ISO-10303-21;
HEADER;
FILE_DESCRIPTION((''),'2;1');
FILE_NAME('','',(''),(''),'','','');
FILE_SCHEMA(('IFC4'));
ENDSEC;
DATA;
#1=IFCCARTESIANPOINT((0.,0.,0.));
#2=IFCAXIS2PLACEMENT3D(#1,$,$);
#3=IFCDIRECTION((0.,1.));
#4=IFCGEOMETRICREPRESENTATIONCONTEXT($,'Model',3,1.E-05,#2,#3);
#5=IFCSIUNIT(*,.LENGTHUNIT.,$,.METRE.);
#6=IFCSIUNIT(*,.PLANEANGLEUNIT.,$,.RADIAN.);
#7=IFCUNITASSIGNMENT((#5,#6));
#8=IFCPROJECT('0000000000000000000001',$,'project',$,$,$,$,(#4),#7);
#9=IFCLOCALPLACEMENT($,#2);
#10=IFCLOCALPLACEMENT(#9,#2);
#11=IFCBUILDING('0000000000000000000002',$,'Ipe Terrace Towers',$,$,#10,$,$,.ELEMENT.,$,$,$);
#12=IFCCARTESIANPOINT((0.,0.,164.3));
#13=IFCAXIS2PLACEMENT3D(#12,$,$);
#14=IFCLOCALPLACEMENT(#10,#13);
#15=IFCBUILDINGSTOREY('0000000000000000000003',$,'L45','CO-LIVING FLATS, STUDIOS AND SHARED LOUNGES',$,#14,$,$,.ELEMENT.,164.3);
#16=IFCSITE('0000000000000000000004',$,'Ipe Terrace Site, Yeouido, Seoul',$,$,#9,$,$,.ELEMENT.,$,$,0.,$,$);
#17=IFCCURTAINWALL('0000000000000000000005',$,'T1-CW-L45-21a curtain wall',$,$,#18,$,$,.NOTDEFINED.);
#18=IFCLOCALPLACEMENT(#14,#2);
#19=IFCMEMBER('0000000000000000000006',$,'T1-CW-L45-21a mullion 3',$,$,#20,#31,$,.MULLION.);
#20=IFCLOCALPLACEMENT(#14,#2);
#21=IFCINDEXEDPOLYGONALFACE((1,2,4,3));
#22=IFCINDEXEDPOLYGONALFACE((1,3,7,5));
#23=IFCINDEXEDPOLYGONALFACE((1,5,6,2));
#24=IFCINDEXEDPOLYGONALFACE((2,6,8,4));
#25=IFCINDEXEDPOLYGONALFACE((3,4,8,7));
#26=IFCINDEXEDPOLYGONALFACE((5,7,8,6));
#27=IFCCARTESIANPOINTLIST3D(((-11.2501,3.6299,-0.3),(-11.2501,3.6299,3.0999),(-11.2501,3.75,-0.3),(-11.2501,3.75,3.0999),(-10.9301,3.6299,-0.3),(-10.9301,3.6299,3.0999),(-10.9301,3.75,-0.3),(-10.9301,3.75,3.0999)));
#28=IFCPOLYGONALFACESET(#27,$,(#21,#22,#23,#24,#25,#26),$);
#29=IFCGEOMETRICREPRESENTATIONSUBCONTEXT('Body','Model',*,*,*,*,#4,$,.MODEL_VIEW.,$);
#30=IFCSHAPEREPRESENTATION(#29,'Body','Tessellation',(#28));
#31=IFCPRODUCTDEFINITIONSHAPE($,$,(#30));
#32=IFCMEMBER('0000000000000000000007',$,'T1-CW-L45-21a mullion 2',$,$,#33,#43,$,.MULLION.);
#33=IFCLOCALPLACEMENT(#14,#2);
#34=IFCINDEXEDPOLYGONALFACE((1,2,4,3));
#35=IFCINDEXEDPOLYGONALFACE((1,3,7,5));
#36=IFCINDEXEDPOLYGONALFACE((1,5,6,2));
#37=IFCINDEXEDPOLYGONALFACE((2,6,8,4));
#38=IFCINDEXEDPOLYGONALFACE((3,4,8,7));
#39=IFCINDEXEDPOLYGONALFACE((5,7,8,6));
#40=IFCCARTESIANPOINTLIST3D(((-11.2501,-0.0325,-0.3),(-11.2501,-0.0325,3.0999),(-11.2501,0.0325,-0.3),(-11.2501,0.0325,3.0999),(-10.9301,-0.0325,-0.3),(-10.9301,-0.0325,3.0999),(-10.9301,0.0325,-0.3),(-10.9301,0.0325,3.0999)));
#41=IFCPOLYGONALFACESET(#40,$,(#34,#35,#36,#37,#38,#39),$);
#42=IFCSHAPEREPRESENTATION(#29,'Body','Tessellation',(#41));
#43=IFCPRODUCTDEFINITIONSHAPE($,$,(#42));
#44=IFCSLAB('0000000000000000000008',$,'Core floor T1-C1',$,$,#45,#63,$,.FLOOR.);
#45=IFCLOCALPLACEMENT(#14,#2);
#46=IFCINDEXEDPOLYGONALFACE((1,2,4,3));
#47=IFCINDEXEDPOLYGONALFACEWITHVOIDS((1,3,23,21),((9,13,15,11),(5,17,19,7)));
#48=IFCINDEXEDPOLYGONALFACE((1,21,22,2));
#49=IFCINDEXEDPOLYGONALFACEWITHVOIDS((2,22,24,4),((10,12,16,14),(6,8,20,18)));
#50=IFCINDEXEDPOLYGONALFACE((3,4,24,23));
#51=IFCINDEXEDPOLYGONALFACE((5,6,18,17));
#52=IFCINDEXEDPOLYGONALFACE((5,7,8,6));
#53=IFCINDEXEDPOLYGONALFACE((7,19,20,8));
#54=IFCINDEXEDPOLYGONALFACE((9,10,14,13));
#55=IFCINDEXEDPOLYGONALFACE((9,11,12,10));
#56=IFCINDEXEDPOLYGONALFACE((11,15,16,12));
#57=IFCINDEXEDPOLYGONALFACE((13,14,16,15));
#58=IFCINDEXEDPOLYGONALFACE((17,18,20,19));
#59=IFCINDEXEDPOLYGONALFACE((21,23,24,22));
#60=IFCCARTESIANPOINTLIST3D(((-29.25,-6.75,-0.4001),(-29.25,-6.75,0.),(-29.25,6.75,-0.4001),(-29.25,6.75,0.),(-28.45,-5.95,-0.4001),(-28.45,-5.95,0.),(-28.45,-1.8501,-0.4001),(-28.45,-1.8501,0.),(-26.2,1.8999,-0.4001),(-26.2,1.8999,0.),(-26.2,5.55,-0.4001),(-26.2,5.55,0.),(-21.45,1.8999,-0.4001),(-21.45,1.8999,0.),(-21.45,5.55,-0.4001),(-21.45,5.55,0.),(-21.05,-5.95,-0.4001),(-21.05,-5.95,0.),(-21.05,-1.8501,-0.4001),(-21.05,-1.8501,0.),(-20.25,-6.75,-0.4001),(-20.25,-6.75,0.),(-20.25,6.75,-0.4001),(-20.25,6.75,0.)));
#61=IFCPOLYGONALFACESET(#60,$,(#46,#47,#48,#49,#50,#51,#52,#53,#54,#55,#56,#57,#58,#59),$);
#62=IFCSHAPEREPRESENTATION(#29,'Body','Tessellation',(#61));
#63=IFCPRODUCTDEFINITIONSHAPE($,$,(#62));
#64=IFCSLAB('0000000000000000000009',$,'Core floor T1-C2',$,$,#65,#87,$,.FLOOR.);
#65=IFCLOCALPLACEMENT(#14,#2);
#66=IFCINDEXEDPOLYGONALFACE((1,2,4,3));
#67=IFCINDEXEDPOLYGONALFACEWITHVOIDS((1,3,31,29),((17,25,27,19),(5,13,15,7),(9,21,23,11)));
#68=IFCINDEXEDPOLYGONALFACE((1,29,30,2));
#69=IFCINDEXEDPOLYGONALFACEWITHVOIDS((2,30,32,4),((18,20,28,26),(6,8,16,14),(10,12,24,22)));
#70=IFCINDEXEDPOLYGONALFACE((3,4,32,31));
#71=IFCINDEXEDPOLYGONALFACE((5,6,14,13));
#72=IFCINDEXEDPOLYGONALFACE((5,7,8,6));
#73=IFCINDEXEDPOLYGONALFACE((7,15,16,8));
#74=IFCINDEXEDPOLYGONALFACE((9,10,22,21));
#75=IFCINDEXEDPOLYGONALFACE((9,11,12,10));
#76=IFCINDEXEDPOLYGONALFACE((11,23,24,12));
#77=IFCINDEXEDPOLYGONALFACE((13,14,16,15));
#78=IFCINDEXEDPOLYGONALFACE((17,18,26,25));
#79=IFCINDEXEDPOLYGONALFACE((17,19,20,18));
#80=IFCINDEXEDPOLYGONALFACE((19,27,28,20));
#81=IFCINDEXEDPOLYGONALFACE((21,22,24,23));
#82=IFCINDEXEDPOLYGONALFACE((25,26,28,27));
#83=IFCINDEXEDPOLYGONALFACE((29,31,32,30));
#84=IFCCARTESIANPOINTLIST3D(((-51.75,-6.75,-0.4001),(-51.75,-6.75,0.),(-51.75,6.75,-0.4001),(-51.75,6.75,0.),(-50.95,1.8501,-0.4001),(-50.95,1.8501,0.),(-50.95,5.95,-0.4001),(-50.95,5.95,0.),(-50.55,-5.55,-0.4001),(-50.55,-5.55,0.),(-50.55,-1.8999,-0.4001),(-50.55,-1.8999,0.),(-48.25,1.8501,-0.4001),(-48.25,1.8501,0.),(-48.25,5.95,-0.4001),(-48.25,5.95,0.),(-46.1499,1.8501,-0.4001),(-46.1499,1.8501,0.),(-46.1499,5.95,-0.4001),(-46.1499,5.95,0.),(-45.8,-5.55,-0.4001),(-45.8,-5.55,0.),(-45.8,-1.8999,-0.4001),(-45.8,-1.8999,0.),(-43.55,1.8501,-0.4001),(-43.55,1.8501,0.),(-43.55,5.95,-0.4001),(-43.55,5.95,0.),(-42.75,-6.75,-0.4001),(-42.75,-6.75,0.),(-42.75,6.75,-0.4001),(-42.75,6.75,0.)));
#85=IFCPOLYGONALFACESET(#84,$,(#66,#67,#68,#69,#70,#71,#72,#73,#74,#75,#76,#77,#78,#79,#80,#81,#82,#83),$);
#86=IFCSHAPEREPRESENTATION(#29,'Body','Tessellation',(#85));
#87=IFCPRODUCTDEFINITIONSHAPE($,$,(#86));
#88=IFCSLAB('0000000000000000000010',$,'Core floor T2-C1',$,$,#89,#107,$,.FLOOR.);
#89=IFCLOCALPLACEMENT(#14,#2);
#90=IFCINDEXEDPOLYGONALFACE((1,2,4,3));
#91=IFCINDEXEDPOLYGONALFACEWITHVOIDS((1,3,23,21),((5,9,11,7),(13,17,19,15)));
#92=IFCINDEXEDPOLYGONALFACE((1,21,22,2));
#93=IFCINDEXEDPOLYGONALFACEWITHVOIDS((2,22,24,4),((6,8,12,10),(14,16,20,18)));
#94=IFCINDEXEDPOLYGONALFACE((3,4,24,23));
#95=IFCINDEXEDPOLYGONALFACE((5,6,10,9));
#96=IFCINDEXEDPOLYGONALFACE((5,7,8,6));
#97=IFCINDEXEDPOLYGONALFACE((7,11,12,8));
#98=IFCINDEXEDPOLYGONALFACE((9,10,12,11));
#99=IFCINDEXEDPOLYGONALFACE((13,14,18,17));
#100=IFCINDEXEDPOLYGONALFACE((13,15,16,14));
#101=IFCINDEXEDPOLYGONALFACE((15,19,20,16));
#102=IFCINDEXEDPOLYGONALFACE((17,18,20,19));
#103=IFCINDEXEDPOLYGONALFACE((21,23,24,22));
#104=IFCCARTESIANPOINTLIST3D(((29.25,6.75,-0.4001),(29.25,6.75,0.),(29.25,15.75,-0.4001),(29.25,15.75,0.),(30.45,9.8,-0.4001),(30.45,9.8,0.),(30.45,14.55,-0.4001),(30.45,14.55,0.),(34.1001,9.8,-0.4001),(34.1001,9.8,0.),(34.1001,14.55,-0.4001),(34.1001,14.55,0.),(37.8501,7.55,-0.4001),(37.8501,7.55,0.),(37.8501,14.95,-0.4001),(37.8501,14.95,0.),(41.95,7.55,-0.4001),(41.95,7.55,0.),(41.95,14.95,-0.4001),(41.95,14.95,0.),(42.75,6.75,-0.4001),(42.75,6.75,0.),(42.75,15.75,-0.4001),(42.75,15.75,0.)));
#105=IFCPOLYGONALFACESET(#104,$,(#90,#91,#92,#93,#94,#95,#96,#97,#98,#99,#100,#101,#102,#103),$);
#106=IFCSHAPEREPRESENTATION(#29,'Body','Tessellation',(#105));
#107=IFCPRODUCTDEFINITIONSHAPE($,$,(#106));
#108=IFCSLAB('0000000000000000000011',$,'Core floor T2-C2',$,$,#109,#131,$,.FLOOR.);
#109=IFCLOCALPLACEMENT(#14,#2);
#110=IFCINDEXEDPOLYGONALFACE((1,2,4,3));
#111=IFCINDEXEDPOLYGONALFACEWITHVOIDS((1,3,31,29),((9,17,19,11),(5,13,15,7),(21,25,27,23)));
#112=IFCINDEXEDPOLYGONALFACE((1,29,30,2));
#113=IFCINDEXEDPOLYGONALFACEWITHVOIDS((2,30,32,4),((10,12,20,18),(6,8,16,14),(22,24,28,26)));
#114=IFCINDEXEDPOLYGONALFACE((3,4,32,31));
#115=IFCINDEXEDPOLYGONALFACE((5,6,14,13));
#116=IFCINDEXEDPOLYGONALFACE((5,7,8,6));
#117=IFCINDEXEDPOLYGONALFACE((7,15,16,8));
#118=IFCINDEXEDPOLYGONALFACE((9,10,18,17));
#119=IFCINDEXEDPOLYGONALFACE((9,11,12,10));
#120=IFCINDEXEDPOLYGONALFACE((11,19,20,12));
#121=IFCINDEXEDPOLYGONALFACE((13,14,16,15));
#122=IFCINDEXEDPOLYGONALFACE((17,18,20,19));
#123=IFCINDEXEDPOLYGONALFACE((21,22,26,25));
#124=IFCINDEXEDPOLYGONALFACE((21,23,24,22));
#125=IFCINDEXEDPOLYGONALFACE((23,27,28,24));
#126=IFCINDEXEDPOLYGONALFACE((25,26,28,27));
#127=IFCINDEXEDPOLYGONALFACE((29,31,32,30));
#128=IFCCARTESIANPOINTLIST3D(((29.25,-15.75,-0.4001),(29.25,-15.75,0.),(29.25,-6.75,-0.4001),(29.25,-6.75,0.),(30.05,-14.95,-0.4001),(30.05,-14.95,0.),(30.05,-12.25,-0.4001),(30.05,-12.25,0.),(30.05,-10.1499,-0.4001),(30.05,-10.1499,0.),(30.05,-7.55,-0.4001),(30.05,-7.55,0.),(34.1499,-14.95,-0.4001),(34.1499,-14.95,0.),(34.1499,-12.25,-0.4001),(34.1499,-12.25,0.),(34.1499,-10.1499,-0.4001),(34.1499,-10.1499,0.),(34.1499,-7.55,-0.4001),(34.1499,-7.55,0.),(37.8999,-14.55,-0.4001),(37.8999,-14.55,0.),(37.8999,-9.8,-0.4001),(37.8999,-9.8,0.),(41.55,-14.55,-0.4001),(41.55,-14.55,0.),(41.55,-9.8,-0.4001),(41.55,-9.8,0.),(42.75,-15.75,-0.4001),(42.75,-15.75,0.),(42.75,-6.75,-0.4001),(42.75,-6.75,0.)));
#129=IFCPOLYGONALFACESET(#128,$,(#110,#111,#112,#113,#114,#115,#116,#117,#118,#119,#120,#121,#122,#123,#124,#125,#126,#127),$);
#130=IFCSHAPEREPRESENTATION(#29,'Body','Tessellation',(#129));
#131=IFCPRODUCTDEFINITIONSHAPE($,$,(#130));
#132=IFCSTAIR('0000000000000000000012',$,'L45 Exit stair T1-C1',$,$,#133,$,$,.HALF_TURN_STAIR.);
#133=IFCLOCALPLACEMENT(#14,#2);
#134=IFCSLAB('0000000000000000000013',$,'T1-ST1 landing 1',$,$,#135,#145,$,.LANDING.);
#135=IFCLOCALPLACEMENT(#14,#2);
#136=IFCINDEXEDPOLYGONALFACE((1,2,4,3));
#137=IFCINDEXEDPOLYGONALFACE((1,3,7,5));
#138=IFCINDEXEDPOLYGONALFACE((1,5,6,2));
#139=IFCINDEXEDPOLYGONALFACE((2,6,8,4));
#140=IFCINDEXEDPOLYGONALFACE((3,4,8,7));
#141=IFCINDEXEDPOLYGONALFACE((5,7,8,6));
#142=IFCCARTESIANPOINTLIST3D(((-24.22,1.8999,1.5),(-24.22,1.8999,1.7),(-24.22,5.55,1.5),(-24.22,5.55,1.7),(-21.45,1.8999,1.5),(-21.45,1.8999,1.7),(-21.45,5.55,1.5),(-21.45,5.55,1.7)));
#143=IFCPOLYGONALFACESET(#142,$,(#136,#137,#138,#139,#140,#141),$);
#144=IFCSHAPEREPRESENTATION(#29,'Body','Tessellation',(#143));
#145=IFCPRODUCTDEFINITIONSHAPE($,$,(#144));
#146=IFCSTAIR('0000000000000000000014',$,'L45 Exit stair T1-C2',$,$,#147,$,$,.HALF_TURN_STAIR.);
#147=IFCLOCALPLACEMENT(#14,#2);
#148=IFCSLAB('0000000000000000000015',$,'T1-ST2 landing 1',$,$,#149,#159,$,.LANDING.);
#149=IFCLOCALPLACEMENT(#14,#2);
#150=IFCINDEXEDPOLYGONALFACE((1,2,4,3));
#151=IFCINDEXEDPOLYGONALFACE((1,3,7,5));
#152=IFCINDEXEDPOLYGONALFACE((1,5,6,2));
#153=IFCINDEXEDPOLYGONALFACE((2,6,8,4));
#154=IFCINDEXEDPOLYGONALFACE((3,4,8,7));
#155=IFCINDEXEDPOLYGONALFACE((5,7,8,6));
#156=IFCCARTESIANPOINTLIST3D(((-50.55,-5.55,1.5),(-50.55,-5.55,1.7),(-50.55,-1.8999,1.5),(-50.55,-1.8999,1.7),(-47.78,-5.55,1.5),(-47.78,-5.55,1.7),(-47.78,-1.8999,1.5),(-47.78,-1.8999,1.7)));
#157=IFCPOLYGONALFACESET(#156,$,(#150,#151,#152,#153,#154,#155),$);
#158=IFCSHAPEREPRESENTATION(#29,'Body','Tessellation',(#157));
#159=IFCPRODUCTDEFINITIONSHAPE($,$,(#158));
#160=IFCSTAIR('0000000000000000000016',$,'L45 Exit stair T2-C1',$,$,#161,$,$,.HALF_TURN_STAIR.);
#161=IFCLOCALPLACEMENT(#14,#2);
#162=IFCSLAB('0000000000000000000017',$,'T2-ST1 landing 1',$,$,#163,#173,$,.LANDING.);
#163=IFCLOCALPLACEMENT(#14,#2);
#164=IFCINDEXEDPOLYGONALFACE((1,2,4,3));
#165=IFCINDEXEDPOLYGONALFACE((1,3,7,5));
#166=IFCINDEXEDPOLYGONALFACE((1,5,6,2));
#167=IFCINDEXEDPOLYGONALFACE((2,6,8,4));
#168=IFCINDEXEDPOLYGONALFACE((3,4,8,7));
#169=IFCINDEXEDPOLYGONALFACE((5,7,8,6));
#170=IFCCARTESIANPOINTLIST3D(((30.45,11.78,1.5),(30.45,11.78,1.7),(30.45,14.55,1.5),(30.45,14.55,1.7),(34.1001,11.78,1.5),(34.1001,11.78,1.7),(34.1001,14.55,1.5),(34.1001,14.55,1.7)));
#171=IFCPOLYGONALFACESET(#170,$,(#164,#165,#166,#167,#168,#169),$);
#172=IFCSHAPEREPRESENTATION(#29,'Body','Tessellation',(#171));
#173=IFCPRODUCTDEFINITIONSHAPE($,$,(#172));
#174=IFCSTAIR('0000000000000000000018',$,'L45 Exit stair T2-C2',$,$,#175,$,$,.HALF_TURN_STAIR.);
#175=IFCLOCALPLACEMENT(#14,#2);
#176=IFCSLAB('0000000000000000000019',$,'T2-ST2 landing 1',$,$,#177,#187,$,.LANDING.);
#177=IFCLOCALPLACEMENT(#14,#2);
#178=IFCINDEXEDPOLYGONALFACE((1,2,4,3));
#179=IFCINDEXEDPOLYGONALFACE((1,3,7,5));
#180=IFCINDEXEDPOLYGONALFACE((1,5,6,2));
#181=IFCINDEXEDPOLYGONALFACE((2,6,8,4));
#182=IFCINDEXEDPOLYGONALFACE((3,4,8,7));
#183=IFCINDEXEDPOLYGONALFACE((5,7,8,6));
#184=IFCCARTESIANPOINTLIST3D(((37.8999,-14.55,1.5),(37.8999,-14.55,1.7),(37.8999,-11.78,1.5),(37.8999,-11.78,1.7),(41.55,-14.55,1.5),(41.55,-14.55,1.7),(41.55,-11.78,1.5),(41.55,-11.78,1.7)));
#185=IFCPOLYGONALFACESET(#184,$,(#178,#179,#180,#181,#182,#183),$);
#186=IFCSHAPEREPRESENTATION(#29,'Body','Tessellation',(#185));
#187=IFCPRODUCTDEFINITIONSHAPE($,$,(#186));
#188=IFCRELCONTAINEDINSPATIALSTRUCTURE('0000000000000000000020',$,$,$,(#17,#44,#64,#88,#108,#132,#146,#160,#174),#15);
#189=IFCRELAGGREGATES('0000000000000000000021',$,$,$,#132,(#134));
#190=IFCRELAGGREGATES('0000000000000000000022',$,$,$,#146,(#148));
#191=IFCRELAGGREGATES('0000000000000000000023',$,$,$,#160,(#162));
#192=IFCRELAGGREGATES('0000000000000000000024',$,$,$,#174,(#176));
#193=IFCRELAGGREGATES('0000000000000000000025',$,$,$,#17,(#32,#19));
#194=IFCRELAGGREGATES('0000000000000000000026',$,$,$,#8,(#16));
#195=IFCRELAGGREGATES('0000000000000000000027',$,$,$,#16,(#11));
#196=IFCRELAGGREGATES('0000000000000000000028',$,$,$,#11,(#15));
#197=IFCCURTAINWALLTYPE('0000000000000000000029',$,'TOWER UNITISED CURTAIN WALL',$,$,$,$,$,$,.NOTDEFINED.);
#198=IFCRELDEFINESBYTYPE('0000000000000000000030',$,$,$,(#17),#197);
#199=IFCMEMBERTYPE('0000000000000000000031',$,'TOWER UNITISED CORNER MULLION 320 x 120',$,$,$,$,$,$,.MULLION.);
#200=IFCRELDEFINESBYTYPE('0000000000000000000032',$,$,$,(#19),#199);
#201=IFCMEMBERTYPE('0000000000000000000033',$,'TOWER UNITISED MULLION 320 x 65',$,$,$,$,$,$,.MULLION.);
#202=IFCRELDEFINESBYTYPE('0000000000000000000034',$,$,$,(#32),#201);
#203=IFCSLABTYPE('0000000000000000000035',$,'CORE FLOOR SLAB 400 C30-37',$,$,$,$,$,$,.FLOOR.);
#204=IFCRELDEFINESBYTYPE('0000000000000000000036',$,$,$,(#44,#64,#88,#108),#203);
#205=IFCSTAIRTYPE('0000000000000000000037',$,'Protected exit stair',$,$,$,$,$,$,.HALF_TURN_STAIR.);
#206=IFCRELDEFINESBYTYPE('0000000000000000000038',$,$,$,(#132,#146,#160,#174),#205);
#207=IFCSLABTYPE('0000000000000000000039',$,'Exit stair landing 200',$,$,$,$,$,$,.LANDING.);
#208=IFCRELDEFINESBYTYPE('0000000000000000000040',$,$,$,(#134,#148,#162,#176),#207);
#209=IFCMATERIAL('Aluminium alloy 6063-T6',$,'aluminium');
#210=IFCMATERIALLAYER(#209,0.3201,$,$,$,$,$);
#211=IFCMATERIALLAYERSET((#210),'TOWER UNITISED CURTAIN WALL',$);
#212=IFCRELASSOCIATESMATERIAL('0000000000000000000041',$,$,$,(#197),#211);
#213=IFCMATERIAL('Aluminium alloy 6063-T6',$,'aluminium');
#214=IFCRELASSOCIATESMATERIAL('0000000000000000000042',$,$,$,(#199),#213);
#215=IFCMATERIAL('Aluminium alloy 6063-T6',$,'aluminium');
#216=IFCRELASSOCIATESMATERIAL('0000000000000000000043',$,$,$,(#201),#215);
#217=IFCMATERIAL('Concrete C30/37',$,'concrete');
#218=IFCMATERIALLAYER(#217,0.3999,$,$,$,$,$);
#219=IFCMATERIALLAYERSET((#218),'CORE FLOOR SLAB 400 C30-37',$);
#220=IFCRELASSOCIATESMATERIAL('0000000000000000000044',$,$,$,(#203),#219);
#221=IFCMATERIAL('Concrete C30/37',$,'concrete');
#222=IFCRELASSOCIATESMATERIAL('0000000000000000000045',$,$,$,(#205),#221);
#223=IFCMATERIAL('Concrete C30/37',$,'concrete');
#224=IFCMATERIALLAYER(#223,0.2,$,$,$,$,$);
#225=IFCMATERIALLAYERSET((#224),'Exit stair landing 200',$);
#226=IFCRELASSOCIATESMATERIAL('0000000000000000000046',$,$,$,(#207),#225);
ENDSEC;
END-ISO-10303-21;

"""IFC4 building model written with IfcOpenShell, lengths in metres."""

from ifc_helpers import new_model, si_unit, direction, frame, origin, origin_2d, place, context, subcontext, project, spatial, polyline, rectangle, outline, extrude, material, layer, layer_set, material_profile, profile_set, type_object, element, aggregate, save


model = new_model("IFC4")

# Units and contexts
model_context = context("Model", 3, precision=1e-05, world=origin(), true_north=direction((0.0, 1.0)))
body_context = subcontext(model_context, "Body", "Model", "MODEL_VIEW")
ifc_project = project(units=[si_unit("LENGTHUNIT", "METRE"), si_unit("PLANEANGLEUNIT", "RADIAN")], contexts=[model_context])

# Site, building, storey
site_placement = place(None, origin())
site = spatial("IfcSite", under=ifc_project, at=site_placement, Name="Ipe Terrace Site, Yeouido, Seoul", CompositionType="ELEMENT", RefElevation=0.0)
building_placement = place(site_placement, origin())
building = spatial("IfcBuilding", under=site, at=building_placement, Name="Ipe Terrace Towers", CompositionType="ELEMENT")
storey_placement = place(building_placement, frame((0.0, 0.0, 164.3)))
storey = spatial("IfcBuildingStorey", under=building, at=storey_placement, Name="L45", Description="CO-LIVING FLATS, STUDIOS AND SHARED LOUNGES", CompositionType="ELEMENT", Elevation=164.3)

# Curtain wall, members
ifc_material_1 = material(Name="Aluminium alloy 6063-T6", Category="aluminium")
ifc_layer_1 = layer(ifc_material_1, 0.3201)
ifc_layer_set_1 = layer_set([ifc_layer_1], Name="TOWER UNITISED CURTAIN WALL")
curtain_wall_type = type_object("IfcCurtainWallType", Name="TOWER UNITISED CURTAIN WALL", PredefinedType="NOTDEFINED", material=ifc_layer_set_1)
curtain_wall_placement = place(storey_placement, origin())
curtain_wall = element("IfcCurtainWall", 1, at=curtain_wall_placement, inside=storey, type_object=curtain_wall_type, Name="T1-CW-L45-21a curtain wall", PredefinedType="NOTDEFINED")
ifc_material_2 = material(Name="Aluminium alloy 6063-T6", Category="aluminium")
ifc_material_profile_1 = material_profile(ifc_material_2, rectangle(XDim=0.3201, YDim=0.1201, at=origin_2d()), Name="TOWER UNITISED CORNER MULLION 320 x 120")
ifc_profile_set_1 = profile_set([ifc_material_profile_1], Name="Aluminium alloy 6063-T6")
member_type_1 = type_object("IfcMemberType", Name="TOWER UNITISED CORNER MULLION 320 x 120", PredefinedType="MULLION", material=ifc_profile_set_1)
member_1_placement = place(storey_placement, frame((-11.0901, 3.6899, -0.3), z_axis=(0.0, 0.0, 1.0), x_axis=(1.0, 0.0, 0.0)))
member_1 = element("IfcMember", 2, at=member_1_placement, type_object=member_type_1, Name="T1-CW-L45-21a mullion 3", PredefinedType="MULLION", context=body_context, shape_type="SweptSolid", body=[
    extrude(rectangle(XDim=0.3201, YDim=0.1201, at=origin_2d()), origin(), (0.0, 0.0, 1.0), 3.3999),
])
ifc_material_3 = material(Name="Aluminium alloy 6063-T6", Category="aluminium")
ifc_material_profile_2 = material_profile(ifc_material_3, rectangle(XDim=0.3201, YDim=0.0649, at=origin_2d()), Name="TOWER UNITISED MULLION 320 x 65")
ifc_profile_set_2 = profile_set([ifc_material_profile_2], Name="Aluminium alloy 6063-T6")
member_type_2 = type_object("IfcMemberType", Name="TOWER UNITISED MULLION 320 x 65", PredefinedType="MULLION", material=ifc_profile_set_2)
member_2_placement = place(storey_placement, frame((-11.0901, 0.0, -0.3), z_axis=(0.0, 0.0, 1.0), x_axis=(1.0, 0.0, 0.0)))
member_2 = element("IfcMember", 3, at=member_2_placement, type_object=member_type_2, Name="T1-CW-L45-21a mullion 2", PredefinedType="MULLION", context=body_context, shape_type="SweptSolid", body=[
    extrude(rectangle(XDim=0.3201, YDim=0.0649, at=origin_2d()), origin(), (0.0, 0.0, 1.0), 3.3999),
])

# Slabs
ifc_material_4 = material(Name="Concrete C30/37", Category="concrete")
ifc_layer_2 = layer(ifc_material_4, 0.3999)
ifc_layer_set_2 = layer_set([ifc_layer_2], Name="CORE FLOOR SLAB 400 C30-37")
slab_type_1 = type_object("IfcSlabType", Name="CORE FLOOR SLAB 400 C30-37", PredefinedType="FLOOR", material=ifc_layer_set_2)
slab_1_placement = place(storey_placement, frame((0.0, 0.0, -0.4001)))
element("IfcSlab", 4, at=slab_1_placement, inside=storey, type_object=slab_type_1, Name="Core floor T1-C1", PredefinedType="FLOOR", context=body_context, shape_type="SweptSolid", body=[
    extrude(outline(polyline([(-29.25, -6.75), (-29.25, 6.75), (-20.25, 6.75), (-20.25, -6.75), (-29.25, -6.75)]), holes=[polyline([(-28.45, -5.95), (-21.05, -5.95), (-21.05, -1.8501), (-28.45, -1.8501), (-28.45, -5.95)]), polyline([(-26.2, 5.55), (-26.2, 1.8999), (-21.45, 1.8999), (-21.45, 5.55), (-26.2, 5.55)])]), origin(), (0.0, 0.0, 1.0), 0.4001),
])
slab_2_placement = place(storey_placement, frame((0.0, 0.0, -0.4001)))
element("IfcSlab", 5, at=slab_2_placement, inside=storey, type_object=slab_type_1, Name="Core floor T1-C2", PredefinedType="FLOOR", context=body_context, shape_type="SweptSolid", body=[
    extrude(outline(polyline([(-51.75, -6.75), (-51.75, 6.75), (-42.75, 6.75), (-42.75, -6.75), (-51.75, -6.75)]), holes=[polyline([(-45.8, -1.8999), (-50.55, -1.8999), (-50.55, -5.55), (-45.8, -5.55), (-45.8, -1.8999)]), polyline([(-48.25, 1.8501), (-48.25, 5.95), (-50.95, 5.95), (-50.95, 1.8501), (-48.25, 1.8501)]), polyline([(-43.55, 1.8501), (-43.55, 5.95), (-46.1499, 5.95), (-46.1499, 1.8501), (-43.55, 1.8501)])]), origin(), (0.0, 0.0, 1.0), 0.4001),
])
slab_3_placement = place(storey_placement, frame((0.0, 0.0, -0.4001)))
element("IfcSlab", 6, at=slab_3_placement, inside=storey, type_object=slab_type_1, Name="Core floor T2-C1", PredefinedType="FLOOR", context=body_context, shape_type="SweptSolid", body=[
    extrude(outline(polyline([(29.25, 6.75), (29.25, 15.75), (42.75, 15.75), (42.75, 6.75), (29.25, 6.75)]), holes=[polyline([(41.95, 7.55), (41.95, 14.95), (37.8501, 14.95), (37.8501, 7.55), (41.95, 7.55)]), polyline([(30.45, 9.8), (34.1001, 9.8), (34.1001, 14.55), (30.45, 14.55), (30.45, 9.8)])]), origin(), (0.0, 0.0, 1.0), 0.4001),
])
slab_4_placement = place(storey_placement, frame((0.0, 0.0, -0.4001)))
element("IfcSlab", 7, at=slab_4_placement, inside=storey, type_object=slab_type_1, Name="Core floor T2-C2", PredefinedType="FLOOR", context=body_context, shape_type="SweptSolid", body=[
    extrude(outline(polyline([(29.25, -15.75), (29.25, -6.75), (42.75, -6.75), (42.75, -15.75), (29.25, -15.75)]), holes=[polyline([(30.05, -12.25), (30.05, -14.95), (34.1499, -14.95), (34.1499, -12.25), (30.05, -12.25)]), polyline([(41.55, -9.8), (37.8999, -9.8), (37.8999, -14.55), (41.55, -14.55), (41.55, -9.8)]), polyline([(34.1499, -7.55), (30.05, -7.55), (30.05, -10.1499), (34.1499, -10.1499), (34.1499, -7.55)])]), origin(), (0.0, 0.0, 1.0), 0.4001),
])

# Stairs, slabs
ifc_material_5 = material(Name="Concrete C30/37", Category="concrete")
stair_type = type_object("IfcStairType", Name="Protected exit stair", PredefinedType="HALF_TURN_STAIR", material=ifc_material_5)
stair_1_placement = place(storey_placement, origin())
stair_1 = element("IfcStair", 8, at=stair_1_placement, inside=storey, type_object=stair_type, Name="L45 Exit stair T1-C1", PredefinedType="HALF_TURN_STAIR")
ifc_material_6 = material(Name="Concrete C30/37", Category="concrete")
ifc_layer_3 = layer(ifc_material_6, 0.2)
ifc_layer_set_3 = layer_set([ifc_layer_3], Name="Exit stair landing 200")
slab_type_2 = type_object("IfcSlabType", Name="Exit stair landing 200", PredefinedType="LANDING", material=ifc_layer_set_3)
slab_5_placement = place(storey_placement, frame((0.0, 0.0, 1.5)))
slab_5 = element("IfcSlab", 9, at=slab_5_placement, type_object=slab_type_2, Name="T1-ST1 landing 1", PredefinedType="LANDING", context=body_context, shape_type="SweptSolid", body=[
    extrude(outline(polyline([(-24.22, 1.8999), (-21.45, 1.8999), (-21.45, 5.55), (-24.22, 5.55), (-24.22, 1.8999)])), origin(), (0.0, 0.0, 1.0), 0.2),
])
aggregate(stair_1, [slab_5])
stair_2_placement = place(storey_placement, origin())
stair_2 = element("IfcStair", 10, at=stair_2_placement, inside=storey, type_object=stair_type, Name="L45 Exit stair T1-C2", PredefinedType="HALF_TURN_STAIR")
slab_6_placement = place(storey_placement, frame((0.0, 0.0, 1.5)))
slab_6 = element("IfcSlab", 11, at=slab_6_placement, type_object=slab_type_2, Name="T1-ST2 landing 1", PredefinedType="LANDING", context=body_context, shape_type="SweptSolid", body=[
    extrude(outline(polyline([(-47.78, -1.8999), (-50.55, -1.8999), (-50.55, -5.55), (-47.78, -5.55), (-47.78, -1.8999)])), origin(), (0.0, 0.0, 1.0), 0.2),
])
aggregate(stair_2, [slab_6])
stair_3_placement = place(storey_placement, origin())
stair_3 = element("IfcStair", 12, at=stair_3_placement, inside=storey, type_object=stair_type, Name="L45 Exit stair T2-C1", PredefinedType="HALF_TURN_STAIR")
slab_7_placement = place(storey_placement, frame((0.0, 0.0, 1.5)))
slab_7 = element("IfcSlab", 13, at=slab_7_placement, type_object=slab_type_2, Name="T2-ST1 landing 1", PredefinedType="LANDING", context=body_context, shape_type="SweptSolid", body=[
    extrude(outline(polyline([(34.1001, 11.78), (34.1001, 14.55), (30.45, 14.55), (30.45, 11.78), (34.1001, 11.78)])), origin(), (0.0, 0.0, 1.0), 0.2),
])
aggregate(stair_3, [slab_7])
stair_4_placement = place(storey_placement, origin())
stair_4 = element("IfcStair", 14, at=stair_4_placement, inside=storey, type_object=stair_type, Name="L45 Exit stair T2-C2", PredefinedType="HALF_TURN_STAIR")
slab_8_placement = place(storey_placement, frame((0.0, 0.0, 1.5)))
slab_8 = element("IfcSlab", 15, at=slab_8_placement, type_object=slab_type_2, Name="T2-ST2 landing 1", PredefinedType="LANDING", context=body_context, shape_type="SweptSolid", body=[
    extrude(outline(polyline([(37.8999, -11.78), (37.8999, -14.55), (41.55, -14.55), (41.55, -11.78), (37.8999, -11.78)])), origin(), (0.0, 0.0, 1.0), 0.2),
])
aggregate(stair_4, [slab_8])

aggregate(curtain_wall, [member_2, member_1])

save(model, "model.ifc")
